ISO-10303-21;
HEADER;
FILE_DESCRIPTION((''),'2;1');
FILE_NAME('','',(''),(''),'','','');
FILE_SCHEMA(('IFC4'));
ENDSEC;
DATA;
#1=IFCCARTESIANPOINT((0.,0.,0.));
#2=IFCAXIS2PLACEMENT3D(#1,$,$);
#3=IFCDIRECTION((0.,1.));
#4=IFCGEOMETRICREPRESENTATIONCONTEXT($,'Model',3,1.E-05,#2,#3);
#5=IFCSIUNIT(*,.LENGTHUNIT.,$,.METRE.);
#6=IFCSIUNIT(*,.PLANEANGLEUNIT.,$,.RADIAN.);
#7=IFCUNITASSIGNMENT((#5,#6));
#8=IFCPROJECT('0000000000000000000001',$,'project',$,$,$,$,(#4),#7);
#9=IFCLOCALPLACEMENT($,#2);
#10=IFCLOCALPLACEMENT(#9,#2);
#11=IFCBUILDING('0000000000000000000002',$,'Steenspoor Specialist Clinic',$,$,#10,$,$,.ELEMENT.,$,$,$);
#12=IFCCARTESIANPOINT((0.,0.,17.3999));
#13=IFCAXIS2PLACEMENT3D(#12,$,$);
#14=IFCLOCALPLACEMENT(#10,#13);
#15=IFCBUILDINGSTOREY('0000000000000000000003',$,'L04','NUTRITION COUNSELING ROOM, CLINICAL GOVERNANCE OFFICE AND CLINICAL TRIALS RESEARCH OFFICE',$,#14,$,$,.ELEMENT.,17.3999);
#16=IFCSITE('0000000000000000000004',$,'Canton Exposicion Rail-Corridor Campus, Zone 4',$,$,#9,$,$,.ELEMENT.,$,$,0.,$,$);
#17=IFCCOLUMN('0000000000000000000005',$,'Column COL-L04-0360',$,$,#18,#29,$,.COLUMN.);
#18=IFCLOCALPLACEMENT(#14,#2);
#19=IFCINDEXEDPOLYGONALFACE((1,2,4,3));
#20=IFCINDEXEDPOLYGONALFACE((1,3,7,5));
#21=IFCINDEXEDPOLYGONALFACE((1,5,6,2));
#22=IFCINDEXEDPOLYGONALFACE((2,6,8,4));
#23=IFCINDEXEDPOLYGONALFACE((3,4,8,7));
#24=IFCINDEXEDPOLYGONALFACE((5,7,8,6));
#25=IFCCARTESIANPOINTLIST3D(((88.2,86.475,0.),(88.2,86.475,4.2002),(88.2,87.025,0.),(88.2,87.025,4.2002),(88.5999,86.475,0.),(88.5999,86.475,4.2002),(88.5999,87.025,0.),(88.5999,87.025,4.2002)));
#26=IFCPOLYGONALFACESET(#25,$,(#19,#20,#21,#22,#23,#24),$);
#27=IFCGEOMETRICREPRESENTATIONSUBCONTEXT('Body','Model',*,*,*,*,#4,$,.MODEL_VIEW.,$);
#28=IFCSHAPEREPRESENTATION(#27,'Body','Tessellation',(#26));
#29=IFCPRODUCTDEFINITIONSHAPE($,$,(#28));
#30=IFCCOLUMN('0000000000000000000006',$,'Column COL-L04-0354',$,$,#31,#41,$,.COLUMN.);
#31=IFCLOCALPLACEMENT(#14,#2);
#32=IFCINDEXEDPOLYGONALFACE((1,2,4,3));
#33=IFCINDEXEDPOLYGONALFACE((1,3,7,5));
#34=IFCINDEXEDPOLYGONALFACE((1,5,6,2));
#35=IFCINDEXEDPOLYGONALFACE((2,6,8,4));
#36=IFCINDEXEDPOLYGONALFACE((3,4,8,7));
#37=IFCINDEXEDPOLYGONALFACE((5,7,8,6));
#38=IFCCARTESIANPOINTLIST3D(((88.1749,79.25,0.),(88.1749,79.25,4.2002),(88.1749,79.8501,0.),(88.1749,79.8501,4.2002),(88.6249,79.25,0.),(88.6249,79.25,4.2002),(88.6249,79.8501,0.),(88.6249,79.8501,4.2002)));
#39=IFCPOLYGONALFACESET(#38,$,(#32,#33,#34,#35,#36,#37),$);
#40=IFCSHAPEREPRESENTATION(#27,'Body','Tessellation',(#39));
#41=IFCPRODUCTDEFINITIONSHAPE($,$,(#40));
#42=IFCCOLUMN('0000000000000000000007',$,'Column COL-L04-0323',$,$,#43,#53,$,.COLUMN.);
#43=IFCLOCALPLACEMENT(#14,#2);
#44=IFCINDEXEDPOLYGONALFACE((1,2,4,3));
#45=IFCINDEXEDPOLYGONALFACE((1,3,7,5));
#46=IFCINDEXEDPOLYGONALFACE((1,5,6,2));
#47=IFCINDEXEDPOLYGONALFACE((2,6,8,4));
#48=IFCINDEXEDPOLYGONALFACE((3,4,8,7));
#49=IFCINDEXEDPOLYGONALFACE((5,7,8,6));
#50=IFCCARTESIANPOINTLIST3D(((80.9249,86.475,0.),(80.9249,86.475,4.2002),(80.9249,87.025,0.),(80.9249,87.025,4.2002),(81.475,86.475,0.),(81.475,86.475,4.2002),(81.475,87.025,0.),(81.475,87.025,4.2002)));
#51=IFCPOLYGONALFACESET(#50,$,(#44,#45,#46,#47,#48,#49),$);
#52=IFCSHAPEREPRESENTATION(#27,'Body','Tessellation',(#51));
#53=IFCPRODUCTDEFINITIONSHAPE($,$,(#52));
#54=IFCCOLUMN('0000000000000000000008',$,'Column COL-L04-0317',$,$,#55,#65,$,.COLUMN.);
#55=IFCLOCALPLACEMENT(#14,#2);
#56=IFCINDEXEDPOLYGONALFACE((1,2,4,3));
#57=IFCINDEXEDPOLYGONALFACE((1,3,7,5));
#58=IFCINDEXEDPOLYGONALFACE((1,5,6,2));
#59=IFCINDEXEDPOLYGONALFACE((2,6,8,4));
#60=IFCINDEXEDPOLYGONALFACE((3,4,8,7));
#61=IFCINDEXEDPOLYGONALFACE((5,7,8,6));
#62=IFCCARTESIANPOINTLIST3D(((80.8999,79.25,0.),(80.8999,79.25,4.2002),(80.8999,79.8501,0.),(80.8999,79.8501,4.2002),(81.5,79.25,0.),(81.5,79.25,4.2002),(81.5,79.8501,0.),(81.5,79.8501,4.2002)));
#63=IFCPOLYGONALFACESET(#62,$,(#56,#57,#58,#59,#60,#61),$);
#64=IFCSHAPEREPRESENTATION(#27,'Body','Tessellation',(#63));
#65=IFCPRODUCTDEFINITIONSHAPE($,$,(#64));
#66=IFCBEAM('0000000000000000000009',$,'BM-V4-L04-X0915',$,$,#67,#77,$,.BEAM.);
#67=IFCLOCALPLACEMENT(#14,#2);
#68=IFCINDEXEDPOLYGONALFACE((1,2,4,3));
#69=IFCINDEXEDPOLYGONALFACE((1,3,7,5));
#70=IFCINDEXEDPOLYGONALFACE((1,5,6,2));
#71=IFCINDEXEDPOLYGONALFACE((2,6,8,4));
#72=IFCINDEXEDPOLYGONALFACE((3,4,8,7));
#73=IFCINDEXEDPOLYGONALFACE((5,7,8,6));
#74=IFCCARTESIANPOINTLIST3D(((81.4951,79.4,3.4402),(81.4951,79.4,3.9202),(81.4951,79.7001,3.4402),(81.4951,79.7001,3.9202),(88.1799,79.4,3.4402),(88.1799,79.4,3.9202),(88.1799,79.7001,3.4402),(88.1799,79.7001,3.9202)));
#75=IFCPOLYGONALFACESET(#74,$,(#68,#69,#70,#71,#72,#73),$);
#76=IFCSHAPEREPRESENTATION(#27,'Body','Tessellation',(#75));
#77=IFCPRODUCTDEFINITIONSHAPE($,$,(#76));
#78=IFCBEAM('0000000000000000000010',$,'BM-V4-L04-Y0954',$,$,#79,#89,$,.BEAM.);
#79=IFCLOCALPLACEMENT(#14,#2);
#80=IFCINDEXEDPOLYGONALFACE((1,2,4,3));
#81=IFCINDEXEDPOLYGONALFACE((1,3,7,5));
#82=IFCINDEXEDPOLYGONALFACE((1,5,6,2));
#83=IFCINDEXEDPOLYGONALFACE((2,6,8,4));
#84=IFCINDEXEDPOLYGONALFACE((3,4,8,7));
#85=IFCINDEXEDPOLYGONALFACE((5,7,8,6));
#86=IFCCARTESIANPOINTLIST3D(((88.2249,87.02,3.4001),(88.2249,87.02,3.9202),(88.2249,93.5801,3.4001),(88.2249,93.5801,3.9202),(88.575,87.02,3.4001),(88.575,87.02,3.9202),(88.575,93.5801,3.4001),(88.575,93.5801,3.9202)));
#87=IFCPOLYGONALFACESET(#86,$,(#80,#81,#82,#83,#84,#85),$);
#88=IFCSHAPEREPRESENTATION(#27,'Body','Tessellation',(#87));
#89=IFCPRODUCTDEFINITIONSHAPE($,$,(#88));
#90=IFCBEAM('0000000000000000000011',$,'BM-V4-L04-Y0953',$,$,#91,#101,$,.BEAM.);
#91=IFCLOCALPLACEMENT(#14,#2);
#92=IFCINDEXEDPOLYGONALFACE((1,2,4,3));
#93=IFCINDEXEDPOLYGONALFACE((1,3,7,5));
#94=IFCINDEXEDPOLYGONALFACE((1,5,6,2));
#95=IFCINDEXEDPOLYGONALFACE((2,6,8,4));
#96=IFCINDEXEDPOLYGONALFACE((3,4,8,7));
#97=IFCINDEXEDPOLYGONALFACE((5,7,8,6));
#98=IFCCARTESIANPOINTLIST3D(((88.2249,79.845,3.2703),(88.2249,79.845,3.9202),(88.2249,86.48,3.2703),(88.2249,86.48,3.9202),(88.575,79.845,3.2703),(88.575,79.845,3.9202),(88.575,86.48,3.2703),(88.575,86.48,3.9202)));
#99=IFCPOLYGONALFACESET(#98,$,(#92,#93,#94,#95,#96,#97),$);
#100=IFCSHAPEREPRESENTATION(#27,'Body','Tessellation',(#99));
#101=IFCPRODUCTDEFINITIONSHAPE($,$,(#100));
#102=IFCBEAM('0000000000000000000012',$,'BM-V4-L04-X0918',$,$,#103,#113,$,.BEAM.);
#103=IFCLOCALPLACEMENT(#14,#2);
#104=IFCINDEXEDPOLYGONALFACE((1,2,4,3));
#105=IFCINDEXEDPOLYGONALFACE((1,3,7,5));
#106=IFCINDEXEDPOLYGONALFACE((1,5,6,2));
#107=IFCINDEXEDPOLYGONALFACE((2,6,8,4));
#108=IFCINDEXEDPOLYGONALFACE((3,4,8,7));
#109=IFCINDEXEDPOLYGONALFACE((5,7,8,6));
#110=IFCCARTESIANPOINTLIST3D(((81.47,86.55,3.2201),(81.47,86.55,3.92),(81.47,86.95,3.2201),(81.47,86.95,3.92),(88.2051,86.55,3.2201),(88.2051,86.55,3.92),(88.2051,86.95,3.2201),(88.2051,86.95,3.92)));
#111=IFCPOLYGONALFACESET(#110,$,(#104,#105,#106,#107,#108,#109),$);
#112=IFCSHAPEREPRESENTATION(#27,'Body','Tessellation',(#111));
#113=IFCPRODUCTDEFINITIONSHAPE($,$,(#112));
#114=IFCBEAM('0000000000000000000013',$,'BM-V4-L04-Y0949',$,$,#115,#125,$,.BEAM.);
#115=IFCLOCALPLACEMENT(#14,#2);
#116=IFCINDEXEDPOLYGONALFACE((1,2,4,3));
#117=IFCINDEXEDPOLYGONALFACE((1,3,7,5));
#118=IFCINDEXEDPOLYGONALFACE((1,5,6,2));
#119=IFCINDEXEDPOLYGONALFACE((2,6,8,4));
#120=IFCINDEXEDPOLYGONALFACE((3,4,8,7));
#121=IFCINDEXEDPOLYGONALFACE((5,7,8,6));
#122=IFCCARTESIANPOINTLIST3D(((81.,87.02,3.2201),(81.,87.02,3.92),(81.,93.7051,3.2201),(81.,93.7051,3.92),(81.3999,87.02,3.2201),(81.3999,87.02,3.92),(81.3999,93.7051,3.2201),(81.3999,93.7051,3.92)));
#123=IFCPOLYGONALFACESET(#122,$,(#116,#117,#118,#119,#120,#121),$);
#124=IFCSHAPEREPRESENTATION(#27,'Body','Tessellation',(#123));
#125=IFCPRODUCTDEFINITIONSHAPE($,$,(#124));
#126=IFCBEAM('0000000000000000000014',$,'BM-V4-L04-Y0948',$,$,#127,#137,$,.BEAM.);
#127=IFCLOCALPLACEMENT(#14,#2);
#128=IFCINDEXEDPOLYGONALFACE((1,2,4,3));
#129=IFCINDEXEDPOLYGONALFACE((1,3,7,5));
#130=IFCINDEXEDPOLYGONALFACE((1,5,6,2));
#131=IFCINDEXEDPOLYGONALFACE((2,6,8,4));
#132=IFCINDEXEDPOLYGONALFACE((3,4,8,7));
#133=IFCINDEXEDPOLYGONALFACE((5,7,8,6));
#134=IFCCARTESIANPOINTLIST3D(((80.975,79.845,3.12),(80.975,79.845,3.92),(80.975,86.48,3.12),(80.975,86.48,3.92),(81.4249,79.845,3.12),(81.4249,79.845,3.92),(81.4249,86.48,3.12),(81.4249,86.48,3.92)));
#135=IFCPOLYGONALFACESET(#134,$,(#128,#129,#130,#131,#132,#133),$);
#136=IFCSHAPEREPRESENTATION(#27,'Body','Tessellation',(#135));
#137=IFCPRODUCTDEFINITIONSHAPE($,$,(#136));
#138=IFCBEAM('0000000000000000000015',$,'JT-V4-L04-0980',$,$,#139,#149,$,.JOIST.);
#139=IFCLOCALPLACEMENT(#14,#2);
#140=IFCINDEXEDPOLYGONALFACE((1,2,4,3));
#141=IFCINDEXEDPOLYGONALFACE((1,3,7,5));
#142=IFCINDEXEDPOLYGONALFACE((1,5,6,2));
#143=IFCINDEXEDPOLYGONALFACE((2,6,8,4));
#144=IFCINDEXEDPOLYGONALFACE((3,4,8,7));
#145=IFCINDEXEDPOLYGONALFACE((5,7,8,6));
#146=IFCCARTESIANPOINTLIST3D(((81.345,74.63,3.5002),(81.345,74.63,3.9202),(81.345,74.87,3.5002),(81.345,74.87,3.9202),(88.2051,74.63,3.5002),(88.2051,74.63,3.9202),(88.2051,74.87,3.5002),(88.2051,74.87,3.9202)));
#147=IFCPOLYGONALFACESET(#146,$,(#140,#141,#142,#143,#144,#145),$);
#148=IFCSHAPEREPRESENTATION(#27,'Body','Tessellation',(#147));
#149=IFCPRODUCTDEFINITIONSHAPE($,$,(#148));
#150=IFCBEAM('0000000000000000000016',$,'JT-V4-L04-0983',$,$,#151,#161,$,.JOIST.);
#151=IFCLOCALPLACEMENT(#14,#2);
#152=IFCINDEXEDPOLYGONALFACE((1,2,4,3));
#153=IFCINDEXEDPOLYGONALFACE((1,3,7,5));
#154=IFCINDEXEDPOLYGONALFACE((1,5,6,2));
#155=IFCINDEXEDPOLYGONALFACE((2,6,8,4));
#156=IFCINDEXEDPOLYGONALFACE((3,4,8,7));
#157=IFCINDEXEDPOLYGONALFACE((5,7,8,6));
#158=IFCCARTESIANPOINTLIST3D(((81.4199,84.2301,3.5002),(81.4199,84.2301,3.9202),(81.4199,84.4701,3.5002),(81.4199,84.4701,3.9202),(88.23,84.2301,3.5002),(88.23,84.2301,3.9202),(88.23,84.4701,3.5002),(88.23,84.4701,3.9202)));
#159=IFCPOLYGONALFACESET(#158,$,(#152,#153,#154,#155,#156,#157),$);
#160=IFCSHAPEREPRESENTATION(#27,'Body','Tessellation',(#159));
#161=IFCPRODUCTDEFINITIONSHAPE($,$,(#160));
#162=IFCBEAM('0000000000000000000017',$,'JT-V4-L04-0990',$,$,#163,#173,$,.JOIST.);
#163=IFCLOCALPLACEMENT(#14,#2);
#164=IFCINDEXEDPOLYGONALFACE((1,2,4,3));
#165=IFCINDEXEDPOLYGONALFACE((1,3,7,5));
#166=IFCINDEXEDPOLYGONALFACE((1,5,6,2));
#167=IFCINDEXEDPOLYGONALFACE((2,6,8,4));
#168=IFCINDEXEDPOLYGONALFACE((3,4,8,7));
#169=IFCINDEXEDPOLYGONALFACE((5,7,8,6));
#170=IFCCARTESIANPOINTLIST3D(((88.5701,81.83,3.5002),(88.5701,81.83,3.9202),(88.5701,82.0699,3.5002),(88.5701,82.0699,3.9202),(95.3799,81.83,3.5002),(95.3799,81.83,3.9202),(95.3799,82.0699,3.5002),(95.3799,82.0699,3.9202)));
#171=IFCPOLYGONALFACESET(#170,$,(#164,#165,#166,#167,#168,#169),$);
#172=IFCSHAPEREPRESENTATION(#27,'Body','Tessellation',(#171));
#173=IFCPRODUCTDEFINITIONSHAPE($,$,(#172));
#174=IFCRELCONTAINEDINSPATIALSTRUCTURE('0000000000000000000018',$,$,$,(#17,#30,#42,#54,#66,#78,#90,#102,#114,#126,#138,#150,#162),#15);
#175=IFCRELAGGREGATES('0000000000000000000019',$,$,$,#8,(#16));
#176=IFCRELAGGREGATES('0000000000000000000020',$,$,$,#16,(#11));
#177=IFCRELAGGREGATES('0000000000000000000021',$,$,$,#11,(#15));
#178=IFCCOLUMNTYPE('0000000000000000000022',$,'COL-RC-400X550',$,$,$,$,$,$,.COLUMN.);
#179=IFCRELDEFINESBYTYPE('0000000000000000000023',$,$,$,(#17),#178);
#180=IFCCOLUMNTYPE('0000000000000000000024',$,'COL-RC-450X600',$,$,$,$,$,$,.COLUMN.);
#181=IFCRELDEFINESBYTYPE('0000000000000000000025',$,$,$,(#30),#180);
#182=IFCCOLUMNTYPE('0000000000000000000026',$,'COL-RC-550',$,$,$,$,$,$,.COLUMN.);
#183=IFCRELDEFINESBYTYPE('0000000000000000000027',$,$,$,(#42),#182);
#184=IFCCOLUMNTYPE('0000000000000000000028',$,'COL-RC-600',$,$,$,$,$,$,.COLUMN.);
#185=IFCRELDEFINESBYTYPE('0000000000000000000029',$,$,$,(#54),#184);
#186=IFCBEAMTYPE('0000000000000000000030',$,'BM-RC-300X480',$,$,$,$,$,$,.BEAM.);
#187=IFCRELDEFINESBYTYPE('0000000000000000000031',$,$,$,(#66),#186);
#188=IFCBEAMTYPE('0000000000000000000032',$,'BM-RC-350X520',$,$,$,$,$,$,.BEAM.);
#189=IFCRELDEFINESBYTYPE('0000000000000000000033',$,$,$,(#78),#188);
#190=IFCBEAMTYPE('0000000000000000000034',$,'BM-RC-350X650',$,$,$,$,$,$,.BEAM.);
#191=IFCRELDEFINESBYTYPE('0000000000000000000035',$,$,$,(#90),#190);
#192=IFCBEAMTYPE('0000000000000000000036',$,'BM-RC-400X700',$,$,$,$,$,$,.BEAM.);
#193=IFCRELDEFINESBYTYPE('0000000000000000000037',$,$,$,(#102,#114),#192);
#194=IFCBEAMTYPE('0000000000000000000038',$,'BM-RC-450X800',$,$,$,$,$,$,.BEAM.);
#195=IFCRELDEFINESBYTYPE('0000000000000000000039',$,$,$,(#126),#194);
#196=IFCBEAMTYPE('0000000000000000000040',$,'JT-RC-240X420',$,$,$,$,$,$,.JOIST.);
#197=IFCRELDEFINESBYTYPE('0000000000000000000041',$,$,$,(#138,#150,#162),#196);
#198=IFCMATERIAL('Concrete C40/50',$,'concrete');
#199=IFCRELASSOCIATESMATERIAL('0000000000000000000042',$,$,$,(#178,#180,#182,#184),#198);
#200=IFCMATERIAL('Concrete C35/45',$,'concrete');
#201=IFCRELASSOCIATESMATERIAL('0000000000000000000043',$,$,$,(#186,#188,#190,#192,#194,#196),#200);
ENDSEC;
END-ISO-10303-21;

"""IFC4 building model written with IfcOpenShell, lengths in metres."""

from ifc_helpers import new_model, si_unit, direction, frame, origin, origin_2d, place, context, subcontext, project, spatial, rectangle, extrude, material, material_profile, profile_set, type_object, element, save


model = new_model("IFC4")

# Units and contexts
model_context = context("Model", 3, precision=1e-05, world=origin(), true_north=direction((0.0, 1.0)))
body_context = subcontext(model_context, "Body", "Model", "MODEL_VIEW")
ifc_project = project(units=[si_unit("LENGTHUNIT", "METRE"), si_unit("PLANEANGLEUNIT", "RADIAN")], contexts=[model_context])

# Site, building, storey
site_placement = place(None, origin())
site = spatial("IfcSite", under=ifc_project, at=site_placement, Name="Canton Exposicion Rail-Corridor Campus, Zone 4", CompositionType="ELEMENT", RefElevation=0.0)
building_placement = place(site_placement, origin())
building = spatial("IfcBuilding", under=site, at=building_placement, Name="Steenspoor Specialist Clinic", CompositionType="ELEMENT")
storey_placement = place(building_placement, frame((0.0, 0.0, 17.3999)))
storey = spatial("IfcBuildingStorey", under=building, at=storey_placement, Name="L04", Description="NUTRITION COUNSELING ROOM, CLINICAL GOVERNANCE OFFICE AND CLINICAL TRIALS RESEARCH OFFICE", CompositionType="ELEMENT", Elevation=17.3999)

# Columns
ifc_material_1 = material(Name="Concrete C40/50", Category="concrete")
ifc_material_profile_1 = material_profile(ifc_material_1, rectangle(XDim=0.3999, YDim=0.55, at=origin_2d()), Name="RC-COL-400X550")
ifc_profile_set_1 = profile_set([ifc_material_profile_1], Name="Concrete C40/50")
column_type_1 = type_object("IfcColumnType", Name="COL-RC-400X550", PredefinedType="COLUMN", material=ifc_profile_set_1)
column_1_placement = place(storey_placement, frame((88.3999, 86.75, 0.0), z_axis=(0.0, 0.0, 1.0), x_axis=(1.0, 0.0, 0.0)))
element("IfcColumn", 1, at=column_1_placement, inside=storey, type_object=column_type_1, Name="Column COL-L04-0360", PredefinedType="COLUMN", context=body_context, shape_type="SweptSolid", body=[
    extrude(rectangle(XDim=0.3999, YDim=0.55, at=origin_2d()), origin(), (0.0, 0.0, 1.0), 4.2002),
])
ifc_material_profile_2 = material_profile(ifc_material_1, rectangle(XDim=0.45, YDim=0.6001, at=origin_2d()), Name="RC-COL-450X600")
ifc_profile_set_2 = profile_set([ifc_material_profile_2], Name="Concrete C40/50")
column_type_2 = type_object("IfcColumnType", Name="COL-RC-450X600", PredefinedType="COLUMN", material=ifc_profile_set_2)
column_2_placement = place(storey_placement, frame((88.3999, 79.55, 0.0), z_axis=(0.0, 0.0, 1.0), x_axis=(1.0, 0.0, 0.0)))
element("IfcColumn", 2, at=column_2_placement, inside=storey, type_object=column_type_2, Name="Column COL-L04-0354", PredefinedType="COLUMN", context=body_context, shape_type="SweptSolid", body=[
    extrude(rectangle(XDim=0.45, YDim=0.6001, at=origin_2d()), origin(), (0.0, 0.0, 1.0), 4.2002),
])
ifc_material_profile_3 = material_profile(ifc_material_1, rectangle(XDim=0.55, YDim=0.55, at=origin_2d()), Name="RC-COL-550X550")
ifc_profile_set_3 = profile_set([ifc_material_profile_3], Name="Concrete C40/50")
column_type_3 = type_object("IfcColumnType", Name="COL-RC-550", PredefinedType="COLUMN", material=ifc_profile_set_3)
column_3_placement = place(storey_placement, frame((81.2, 86.75, 0.0), z_axis=(0.0, 0.0, 1.0), x_axis=(1.0, 0.0, 0.0)))
element("IfcColumn", 3, at=column_3_placement, inside=storey, type_object=column_type_3, Name="Column COL-L04-0323", PredefinedType="COLUMN", context=body_context, shape_type="SweptSolid", body=[
    extrude(rectangle(XDim=0.55, YDim=0.55, at=origin_2d()), origin(), (0.0, 0.0, 1.0), 4.2002),
])
ifc_material_profile_4 = material_profile(ifc_material_1, rectangle(XDim=0.6001, YDim=0.6001, at=origin_2d()), Name="RC-COL-600X600")
ifc_profile_set_4 = profile_set([ifc_material_profile_4], Name="Concrete C40/50")
column_type_4 = type_object("IfcColumnType", Name="COL-RC-600", PredefinedType="COLUMN", material=ifc_profile_set_4)
column_4_placement = place(storey_placement, frame((81.2, 79.55, 0.0), z_axis=(0.0, 0.0, 1.0), x_axis=(1.0, 0.0, 0.0)))
element("IfcColumn", 4, at=column_4_placement, inside=storey, type_object=column_type_4, Name="Column COL-L04-0317", PredefinedType="COLUMN", context=body_context, shape_type="SweptSolid", body=[
    extrude(rectangle(XDim=0.6001, YDim=0.6001, at=origin_2d()), origin(), (0.0, 0.0, 1.0), 4.2002),
])

# Beams
ifc_material_2 = material(Name="Concrete C35/45", Category="concrete")
ifc_material_profile_5 = material_profile(ifc_material_2, rectangle(XDim=0.3, YDim=0.48, at=origin_2d()), Name="RC-BM-300X480")
ifc_profile_set_5 = profile_set([ifc_material_profile_5], Name="Concrete C35/45")
beam_type_1 = type_object("IfcBeamType", Name="BM-RC-300X480", PredefinedType="BEAM", material=ifc_profile_set_5)
beam_1_placement = place(storey_placement, frame((81.4951, 79.55, 3.6802), z_axis=(1.0, 0.0, 0.0), x_axis=(0.0, 1.0, 0.0)))
element("IfcBeam", 5, at=beam_1_placement, inside=storey, type_object=beam_type_1, Name="BM-V4-L04-X0915", PredefinedType="BEAM", context=body_context, shape_type="SweptSolid", body=[
    extrude(rectangle(XDim=0.3, YDim=0.48, at=origin_2d()), origin(), (0.0, 0.0, 1.0), 6.6848),
])
ifc_material_profile_6 = material_profile(ifc_material_2, rectangle(XDim=0.3501, YDim=0.52, at=origin_2d()), Name="RC-BM-350X520")
ifc_profile_set_6 = profile_set([ifc_material_profile_6], Name="Concrete C35/45")
beam_type_2 = type_object("IfcBeamType", Name="BM-RC-350X520", PredefinedType="BEAM", material=ifc_profile_set_6)
beam_2_placement = place(storey_placement, frame((88.3999, 87.02, 3.6602), z_axis=(0.0, 1.0, 0.0), x_axis=(-1.0, 0.0, 0.0)))
element("IfcBeam", 6, at=beam_2_placement, inside=storey, type_object=beam_type_2, Name="BM-V4-L04-Y0954", PredefinedType="BEAM", context=body_context, shape_type="SweptSolid", body=[
    extrude(rectangle(XDim=0.3501, YDim=0.52, at=origin_2d()), origin(), (0.0, 0.0, 1.0), 6.5601),
])
ifc_material_profile_7 = material_profile(ifc_material_2, rectangle(XDim=0.3501, YDim=0.6499, at=origin_2d()), Name="RC-BM-350X650")
ifc_profile_set_7 = profile_set([ifc_material_profile_7], Name="Concrete C35/45")
beam_type_3 = type_object("IfcBeamType", Name="BM-RC-350X650", PredefinedType="BEAM", material=ifc_profile_set_7)
beam_3_placement = place(storey_placement, frame((88.3999, 79.845, 3.5952), z_axis=(0.0, 1.0, 0.0), x_axis=(-1.0, 0.0, 0.0)))
element("IfcBeam", 7, at=beam_3_placement, inside=storey, type_object=beam_type_3, Name="BM-V4-L04-Y0953", PredefinedType="BEAM", context=body_context, shape_type="SweptSolid", body=[
    extrude(rectangle(XDim=0.3501, YDim=0.6499, at=origin_2d()), origin(), (0.0, 0.0, 1.0), 6.635),
])
ifc_material_profile_8 = material_profile(ifc_material_2, rectangle(XDim=0.3999, YDim=0.7, at=origin_2d()), Name="RC-BM-400X700")
ifc_profile_set_8 = profile_set([ifc_material_profile_8], Name="Concrete C35/45")
beam_type_4 = type_object("IfcBeamType", Name="BM-RC-400X700", PredefinedType="BEAM", material=ifc_profile_set_8)
beam_4_placement = place(storey_placement, frame((81.47, 86.75, 3.5701), z_axis=(1.0, 0.0, 0.0), x_axis=(0.0, 1.0, 0.0)))
element("IfcBeam", 8, at=beam_4_placement, inside=storey, type_object=beam_type_4, Name="BM-V4-L04-X0918", PredefinedType="BEAM", context=body_context, shape_type="SweptSolid", body=[
    extrude(rectangle(XDim=0.3999, YDim=0.7, at=origin_2d()), origin(), (0.0, 0.0, 1.0), 6.7351),
])
beam_5_placement = place(storey_placement, frame((81.2, 87.02, 3.5701), z_axis=(0.0, 1.0, 0.0), x_axis=(-1.0, 0.0, 0.0)))
element("IfcBeam", 9, at=beam_5_placement, inside=storey, type_object=beam_type_4, Name="BM-V4-L04-Y0949", PredefinedType="BEAM", context=body_context, shape_type="SweptSolid", body=[
    extrude(rectangle(XDim=0.3999, YDim=0.7, at=origin_2d()), origin(), (0.0, 0.0, 1.0), 6.6851),
])
ifc_material_profile_9 = material_profile(ifc_material_2, rectangle(XDim=0.45, YDim=0.8, at=origin_2d()), Name="RC-BM-450X800")
ifc_profile_set_9 = profile_set([ifc_material_profile_9], Name="Concrete C35/45")
beam_type_5 = type_object("IfcBeamType", Name="BM-RC-450X800", PredefinedType="BEAM", material=ifc_profile_set_9)
beam_6_placement = place(storey_placement, frame((81.2, 79.845, 3.52), z_axis=(0.0, 1.0, 0.0), x_axis=(-1.0, 0.0, 0.0)))
element("IfcBeam", 10, at=beam_6_placement, inside=storey, type_object=beam_type_5, Name="BM-V4-L04-Y0948", PredefinedType="BEAM", context=body_context, shape_type="SweptSolid", body=[
    extrude(rectangle(XDim=0.45, YDim=0.8, at=origin_2d()), origin(), (0.0, 0.0, 1.0), 6.635),
])
ifc_material_profile_10 = material_profile(ifc_material_2, rectangle(XDim=0.24, YDim=0.4199, at=origin_2d()), Name="RC-JT-240X420")
ifc_profile_set_10 = profile_set([ifc_material_profile_10], Name="Concrete C35/45")
beam_type_6 = type_object("IfcBeamType", Name="JT-RC-240X420", PredefinedType="JOIST", material=ifc_profile_set_10)
beam_7_placement = place(storey_placement, frame((81.345, 74.75, 3.7102), z_axis=(1.0, 0.0, 0.0), x_axis=(0.0, 1.0, 0.0)))
element("IfcBeam", 11, at=beam_7_placement, inside=storey, type_object=beam_type_6, Name="JT-V4-L04-0980", PredefinedType="JOIST", context=body_context, shape_type="SweptSolid", body=[
    extrude(rectangle(XDim=0.24, YDim=0.4199, at=origin_2d()), origin(), (0.0, 0.0, 1.0), 6.8601),
])
beam_8_placement = place(storey_placement, frame((81.4199, 84.3501, 3.7102), z_axis=(1.0, 0.0, 0.0), x_axis=(0.0, 1.0, 0.0)))
element("IfcBeam", 12, at=beam_8_placement, inside=storey, type_object=beam_type_6, Name="JT-V4-L04-0983", PredefinedType="JOIST", context=body_context, shape_type="SweptSolid", body=[
    extrude(rectangle(XDim=0.24, YDim=0.4199, at=origin_2d()), origin(), (0.0, 0.0, 1.0), 6.8101),
])
beam_9_placement = place(storey_placement, frame((88.5701, 81.95, 3.7102), z_axis=(1.0, 0.0, 0.0), x_axis=(0.0, 1.0, 0.0)))
element("IfcBeam", 13, at=beam_9_placement, inside=storey, type_object=beam_type_6, Name="JT-V4-L04-0990", PredefinedType="JOIST", context=body_context, shape_type="SweptSolid", body=[
    extrude(rectangle(XDim=0.24, YDim=0.4199, at=origin_2d()), origin(), (0.0, 0.0, 1.0), 6.8098),
])

save(model, "model.ifc")
